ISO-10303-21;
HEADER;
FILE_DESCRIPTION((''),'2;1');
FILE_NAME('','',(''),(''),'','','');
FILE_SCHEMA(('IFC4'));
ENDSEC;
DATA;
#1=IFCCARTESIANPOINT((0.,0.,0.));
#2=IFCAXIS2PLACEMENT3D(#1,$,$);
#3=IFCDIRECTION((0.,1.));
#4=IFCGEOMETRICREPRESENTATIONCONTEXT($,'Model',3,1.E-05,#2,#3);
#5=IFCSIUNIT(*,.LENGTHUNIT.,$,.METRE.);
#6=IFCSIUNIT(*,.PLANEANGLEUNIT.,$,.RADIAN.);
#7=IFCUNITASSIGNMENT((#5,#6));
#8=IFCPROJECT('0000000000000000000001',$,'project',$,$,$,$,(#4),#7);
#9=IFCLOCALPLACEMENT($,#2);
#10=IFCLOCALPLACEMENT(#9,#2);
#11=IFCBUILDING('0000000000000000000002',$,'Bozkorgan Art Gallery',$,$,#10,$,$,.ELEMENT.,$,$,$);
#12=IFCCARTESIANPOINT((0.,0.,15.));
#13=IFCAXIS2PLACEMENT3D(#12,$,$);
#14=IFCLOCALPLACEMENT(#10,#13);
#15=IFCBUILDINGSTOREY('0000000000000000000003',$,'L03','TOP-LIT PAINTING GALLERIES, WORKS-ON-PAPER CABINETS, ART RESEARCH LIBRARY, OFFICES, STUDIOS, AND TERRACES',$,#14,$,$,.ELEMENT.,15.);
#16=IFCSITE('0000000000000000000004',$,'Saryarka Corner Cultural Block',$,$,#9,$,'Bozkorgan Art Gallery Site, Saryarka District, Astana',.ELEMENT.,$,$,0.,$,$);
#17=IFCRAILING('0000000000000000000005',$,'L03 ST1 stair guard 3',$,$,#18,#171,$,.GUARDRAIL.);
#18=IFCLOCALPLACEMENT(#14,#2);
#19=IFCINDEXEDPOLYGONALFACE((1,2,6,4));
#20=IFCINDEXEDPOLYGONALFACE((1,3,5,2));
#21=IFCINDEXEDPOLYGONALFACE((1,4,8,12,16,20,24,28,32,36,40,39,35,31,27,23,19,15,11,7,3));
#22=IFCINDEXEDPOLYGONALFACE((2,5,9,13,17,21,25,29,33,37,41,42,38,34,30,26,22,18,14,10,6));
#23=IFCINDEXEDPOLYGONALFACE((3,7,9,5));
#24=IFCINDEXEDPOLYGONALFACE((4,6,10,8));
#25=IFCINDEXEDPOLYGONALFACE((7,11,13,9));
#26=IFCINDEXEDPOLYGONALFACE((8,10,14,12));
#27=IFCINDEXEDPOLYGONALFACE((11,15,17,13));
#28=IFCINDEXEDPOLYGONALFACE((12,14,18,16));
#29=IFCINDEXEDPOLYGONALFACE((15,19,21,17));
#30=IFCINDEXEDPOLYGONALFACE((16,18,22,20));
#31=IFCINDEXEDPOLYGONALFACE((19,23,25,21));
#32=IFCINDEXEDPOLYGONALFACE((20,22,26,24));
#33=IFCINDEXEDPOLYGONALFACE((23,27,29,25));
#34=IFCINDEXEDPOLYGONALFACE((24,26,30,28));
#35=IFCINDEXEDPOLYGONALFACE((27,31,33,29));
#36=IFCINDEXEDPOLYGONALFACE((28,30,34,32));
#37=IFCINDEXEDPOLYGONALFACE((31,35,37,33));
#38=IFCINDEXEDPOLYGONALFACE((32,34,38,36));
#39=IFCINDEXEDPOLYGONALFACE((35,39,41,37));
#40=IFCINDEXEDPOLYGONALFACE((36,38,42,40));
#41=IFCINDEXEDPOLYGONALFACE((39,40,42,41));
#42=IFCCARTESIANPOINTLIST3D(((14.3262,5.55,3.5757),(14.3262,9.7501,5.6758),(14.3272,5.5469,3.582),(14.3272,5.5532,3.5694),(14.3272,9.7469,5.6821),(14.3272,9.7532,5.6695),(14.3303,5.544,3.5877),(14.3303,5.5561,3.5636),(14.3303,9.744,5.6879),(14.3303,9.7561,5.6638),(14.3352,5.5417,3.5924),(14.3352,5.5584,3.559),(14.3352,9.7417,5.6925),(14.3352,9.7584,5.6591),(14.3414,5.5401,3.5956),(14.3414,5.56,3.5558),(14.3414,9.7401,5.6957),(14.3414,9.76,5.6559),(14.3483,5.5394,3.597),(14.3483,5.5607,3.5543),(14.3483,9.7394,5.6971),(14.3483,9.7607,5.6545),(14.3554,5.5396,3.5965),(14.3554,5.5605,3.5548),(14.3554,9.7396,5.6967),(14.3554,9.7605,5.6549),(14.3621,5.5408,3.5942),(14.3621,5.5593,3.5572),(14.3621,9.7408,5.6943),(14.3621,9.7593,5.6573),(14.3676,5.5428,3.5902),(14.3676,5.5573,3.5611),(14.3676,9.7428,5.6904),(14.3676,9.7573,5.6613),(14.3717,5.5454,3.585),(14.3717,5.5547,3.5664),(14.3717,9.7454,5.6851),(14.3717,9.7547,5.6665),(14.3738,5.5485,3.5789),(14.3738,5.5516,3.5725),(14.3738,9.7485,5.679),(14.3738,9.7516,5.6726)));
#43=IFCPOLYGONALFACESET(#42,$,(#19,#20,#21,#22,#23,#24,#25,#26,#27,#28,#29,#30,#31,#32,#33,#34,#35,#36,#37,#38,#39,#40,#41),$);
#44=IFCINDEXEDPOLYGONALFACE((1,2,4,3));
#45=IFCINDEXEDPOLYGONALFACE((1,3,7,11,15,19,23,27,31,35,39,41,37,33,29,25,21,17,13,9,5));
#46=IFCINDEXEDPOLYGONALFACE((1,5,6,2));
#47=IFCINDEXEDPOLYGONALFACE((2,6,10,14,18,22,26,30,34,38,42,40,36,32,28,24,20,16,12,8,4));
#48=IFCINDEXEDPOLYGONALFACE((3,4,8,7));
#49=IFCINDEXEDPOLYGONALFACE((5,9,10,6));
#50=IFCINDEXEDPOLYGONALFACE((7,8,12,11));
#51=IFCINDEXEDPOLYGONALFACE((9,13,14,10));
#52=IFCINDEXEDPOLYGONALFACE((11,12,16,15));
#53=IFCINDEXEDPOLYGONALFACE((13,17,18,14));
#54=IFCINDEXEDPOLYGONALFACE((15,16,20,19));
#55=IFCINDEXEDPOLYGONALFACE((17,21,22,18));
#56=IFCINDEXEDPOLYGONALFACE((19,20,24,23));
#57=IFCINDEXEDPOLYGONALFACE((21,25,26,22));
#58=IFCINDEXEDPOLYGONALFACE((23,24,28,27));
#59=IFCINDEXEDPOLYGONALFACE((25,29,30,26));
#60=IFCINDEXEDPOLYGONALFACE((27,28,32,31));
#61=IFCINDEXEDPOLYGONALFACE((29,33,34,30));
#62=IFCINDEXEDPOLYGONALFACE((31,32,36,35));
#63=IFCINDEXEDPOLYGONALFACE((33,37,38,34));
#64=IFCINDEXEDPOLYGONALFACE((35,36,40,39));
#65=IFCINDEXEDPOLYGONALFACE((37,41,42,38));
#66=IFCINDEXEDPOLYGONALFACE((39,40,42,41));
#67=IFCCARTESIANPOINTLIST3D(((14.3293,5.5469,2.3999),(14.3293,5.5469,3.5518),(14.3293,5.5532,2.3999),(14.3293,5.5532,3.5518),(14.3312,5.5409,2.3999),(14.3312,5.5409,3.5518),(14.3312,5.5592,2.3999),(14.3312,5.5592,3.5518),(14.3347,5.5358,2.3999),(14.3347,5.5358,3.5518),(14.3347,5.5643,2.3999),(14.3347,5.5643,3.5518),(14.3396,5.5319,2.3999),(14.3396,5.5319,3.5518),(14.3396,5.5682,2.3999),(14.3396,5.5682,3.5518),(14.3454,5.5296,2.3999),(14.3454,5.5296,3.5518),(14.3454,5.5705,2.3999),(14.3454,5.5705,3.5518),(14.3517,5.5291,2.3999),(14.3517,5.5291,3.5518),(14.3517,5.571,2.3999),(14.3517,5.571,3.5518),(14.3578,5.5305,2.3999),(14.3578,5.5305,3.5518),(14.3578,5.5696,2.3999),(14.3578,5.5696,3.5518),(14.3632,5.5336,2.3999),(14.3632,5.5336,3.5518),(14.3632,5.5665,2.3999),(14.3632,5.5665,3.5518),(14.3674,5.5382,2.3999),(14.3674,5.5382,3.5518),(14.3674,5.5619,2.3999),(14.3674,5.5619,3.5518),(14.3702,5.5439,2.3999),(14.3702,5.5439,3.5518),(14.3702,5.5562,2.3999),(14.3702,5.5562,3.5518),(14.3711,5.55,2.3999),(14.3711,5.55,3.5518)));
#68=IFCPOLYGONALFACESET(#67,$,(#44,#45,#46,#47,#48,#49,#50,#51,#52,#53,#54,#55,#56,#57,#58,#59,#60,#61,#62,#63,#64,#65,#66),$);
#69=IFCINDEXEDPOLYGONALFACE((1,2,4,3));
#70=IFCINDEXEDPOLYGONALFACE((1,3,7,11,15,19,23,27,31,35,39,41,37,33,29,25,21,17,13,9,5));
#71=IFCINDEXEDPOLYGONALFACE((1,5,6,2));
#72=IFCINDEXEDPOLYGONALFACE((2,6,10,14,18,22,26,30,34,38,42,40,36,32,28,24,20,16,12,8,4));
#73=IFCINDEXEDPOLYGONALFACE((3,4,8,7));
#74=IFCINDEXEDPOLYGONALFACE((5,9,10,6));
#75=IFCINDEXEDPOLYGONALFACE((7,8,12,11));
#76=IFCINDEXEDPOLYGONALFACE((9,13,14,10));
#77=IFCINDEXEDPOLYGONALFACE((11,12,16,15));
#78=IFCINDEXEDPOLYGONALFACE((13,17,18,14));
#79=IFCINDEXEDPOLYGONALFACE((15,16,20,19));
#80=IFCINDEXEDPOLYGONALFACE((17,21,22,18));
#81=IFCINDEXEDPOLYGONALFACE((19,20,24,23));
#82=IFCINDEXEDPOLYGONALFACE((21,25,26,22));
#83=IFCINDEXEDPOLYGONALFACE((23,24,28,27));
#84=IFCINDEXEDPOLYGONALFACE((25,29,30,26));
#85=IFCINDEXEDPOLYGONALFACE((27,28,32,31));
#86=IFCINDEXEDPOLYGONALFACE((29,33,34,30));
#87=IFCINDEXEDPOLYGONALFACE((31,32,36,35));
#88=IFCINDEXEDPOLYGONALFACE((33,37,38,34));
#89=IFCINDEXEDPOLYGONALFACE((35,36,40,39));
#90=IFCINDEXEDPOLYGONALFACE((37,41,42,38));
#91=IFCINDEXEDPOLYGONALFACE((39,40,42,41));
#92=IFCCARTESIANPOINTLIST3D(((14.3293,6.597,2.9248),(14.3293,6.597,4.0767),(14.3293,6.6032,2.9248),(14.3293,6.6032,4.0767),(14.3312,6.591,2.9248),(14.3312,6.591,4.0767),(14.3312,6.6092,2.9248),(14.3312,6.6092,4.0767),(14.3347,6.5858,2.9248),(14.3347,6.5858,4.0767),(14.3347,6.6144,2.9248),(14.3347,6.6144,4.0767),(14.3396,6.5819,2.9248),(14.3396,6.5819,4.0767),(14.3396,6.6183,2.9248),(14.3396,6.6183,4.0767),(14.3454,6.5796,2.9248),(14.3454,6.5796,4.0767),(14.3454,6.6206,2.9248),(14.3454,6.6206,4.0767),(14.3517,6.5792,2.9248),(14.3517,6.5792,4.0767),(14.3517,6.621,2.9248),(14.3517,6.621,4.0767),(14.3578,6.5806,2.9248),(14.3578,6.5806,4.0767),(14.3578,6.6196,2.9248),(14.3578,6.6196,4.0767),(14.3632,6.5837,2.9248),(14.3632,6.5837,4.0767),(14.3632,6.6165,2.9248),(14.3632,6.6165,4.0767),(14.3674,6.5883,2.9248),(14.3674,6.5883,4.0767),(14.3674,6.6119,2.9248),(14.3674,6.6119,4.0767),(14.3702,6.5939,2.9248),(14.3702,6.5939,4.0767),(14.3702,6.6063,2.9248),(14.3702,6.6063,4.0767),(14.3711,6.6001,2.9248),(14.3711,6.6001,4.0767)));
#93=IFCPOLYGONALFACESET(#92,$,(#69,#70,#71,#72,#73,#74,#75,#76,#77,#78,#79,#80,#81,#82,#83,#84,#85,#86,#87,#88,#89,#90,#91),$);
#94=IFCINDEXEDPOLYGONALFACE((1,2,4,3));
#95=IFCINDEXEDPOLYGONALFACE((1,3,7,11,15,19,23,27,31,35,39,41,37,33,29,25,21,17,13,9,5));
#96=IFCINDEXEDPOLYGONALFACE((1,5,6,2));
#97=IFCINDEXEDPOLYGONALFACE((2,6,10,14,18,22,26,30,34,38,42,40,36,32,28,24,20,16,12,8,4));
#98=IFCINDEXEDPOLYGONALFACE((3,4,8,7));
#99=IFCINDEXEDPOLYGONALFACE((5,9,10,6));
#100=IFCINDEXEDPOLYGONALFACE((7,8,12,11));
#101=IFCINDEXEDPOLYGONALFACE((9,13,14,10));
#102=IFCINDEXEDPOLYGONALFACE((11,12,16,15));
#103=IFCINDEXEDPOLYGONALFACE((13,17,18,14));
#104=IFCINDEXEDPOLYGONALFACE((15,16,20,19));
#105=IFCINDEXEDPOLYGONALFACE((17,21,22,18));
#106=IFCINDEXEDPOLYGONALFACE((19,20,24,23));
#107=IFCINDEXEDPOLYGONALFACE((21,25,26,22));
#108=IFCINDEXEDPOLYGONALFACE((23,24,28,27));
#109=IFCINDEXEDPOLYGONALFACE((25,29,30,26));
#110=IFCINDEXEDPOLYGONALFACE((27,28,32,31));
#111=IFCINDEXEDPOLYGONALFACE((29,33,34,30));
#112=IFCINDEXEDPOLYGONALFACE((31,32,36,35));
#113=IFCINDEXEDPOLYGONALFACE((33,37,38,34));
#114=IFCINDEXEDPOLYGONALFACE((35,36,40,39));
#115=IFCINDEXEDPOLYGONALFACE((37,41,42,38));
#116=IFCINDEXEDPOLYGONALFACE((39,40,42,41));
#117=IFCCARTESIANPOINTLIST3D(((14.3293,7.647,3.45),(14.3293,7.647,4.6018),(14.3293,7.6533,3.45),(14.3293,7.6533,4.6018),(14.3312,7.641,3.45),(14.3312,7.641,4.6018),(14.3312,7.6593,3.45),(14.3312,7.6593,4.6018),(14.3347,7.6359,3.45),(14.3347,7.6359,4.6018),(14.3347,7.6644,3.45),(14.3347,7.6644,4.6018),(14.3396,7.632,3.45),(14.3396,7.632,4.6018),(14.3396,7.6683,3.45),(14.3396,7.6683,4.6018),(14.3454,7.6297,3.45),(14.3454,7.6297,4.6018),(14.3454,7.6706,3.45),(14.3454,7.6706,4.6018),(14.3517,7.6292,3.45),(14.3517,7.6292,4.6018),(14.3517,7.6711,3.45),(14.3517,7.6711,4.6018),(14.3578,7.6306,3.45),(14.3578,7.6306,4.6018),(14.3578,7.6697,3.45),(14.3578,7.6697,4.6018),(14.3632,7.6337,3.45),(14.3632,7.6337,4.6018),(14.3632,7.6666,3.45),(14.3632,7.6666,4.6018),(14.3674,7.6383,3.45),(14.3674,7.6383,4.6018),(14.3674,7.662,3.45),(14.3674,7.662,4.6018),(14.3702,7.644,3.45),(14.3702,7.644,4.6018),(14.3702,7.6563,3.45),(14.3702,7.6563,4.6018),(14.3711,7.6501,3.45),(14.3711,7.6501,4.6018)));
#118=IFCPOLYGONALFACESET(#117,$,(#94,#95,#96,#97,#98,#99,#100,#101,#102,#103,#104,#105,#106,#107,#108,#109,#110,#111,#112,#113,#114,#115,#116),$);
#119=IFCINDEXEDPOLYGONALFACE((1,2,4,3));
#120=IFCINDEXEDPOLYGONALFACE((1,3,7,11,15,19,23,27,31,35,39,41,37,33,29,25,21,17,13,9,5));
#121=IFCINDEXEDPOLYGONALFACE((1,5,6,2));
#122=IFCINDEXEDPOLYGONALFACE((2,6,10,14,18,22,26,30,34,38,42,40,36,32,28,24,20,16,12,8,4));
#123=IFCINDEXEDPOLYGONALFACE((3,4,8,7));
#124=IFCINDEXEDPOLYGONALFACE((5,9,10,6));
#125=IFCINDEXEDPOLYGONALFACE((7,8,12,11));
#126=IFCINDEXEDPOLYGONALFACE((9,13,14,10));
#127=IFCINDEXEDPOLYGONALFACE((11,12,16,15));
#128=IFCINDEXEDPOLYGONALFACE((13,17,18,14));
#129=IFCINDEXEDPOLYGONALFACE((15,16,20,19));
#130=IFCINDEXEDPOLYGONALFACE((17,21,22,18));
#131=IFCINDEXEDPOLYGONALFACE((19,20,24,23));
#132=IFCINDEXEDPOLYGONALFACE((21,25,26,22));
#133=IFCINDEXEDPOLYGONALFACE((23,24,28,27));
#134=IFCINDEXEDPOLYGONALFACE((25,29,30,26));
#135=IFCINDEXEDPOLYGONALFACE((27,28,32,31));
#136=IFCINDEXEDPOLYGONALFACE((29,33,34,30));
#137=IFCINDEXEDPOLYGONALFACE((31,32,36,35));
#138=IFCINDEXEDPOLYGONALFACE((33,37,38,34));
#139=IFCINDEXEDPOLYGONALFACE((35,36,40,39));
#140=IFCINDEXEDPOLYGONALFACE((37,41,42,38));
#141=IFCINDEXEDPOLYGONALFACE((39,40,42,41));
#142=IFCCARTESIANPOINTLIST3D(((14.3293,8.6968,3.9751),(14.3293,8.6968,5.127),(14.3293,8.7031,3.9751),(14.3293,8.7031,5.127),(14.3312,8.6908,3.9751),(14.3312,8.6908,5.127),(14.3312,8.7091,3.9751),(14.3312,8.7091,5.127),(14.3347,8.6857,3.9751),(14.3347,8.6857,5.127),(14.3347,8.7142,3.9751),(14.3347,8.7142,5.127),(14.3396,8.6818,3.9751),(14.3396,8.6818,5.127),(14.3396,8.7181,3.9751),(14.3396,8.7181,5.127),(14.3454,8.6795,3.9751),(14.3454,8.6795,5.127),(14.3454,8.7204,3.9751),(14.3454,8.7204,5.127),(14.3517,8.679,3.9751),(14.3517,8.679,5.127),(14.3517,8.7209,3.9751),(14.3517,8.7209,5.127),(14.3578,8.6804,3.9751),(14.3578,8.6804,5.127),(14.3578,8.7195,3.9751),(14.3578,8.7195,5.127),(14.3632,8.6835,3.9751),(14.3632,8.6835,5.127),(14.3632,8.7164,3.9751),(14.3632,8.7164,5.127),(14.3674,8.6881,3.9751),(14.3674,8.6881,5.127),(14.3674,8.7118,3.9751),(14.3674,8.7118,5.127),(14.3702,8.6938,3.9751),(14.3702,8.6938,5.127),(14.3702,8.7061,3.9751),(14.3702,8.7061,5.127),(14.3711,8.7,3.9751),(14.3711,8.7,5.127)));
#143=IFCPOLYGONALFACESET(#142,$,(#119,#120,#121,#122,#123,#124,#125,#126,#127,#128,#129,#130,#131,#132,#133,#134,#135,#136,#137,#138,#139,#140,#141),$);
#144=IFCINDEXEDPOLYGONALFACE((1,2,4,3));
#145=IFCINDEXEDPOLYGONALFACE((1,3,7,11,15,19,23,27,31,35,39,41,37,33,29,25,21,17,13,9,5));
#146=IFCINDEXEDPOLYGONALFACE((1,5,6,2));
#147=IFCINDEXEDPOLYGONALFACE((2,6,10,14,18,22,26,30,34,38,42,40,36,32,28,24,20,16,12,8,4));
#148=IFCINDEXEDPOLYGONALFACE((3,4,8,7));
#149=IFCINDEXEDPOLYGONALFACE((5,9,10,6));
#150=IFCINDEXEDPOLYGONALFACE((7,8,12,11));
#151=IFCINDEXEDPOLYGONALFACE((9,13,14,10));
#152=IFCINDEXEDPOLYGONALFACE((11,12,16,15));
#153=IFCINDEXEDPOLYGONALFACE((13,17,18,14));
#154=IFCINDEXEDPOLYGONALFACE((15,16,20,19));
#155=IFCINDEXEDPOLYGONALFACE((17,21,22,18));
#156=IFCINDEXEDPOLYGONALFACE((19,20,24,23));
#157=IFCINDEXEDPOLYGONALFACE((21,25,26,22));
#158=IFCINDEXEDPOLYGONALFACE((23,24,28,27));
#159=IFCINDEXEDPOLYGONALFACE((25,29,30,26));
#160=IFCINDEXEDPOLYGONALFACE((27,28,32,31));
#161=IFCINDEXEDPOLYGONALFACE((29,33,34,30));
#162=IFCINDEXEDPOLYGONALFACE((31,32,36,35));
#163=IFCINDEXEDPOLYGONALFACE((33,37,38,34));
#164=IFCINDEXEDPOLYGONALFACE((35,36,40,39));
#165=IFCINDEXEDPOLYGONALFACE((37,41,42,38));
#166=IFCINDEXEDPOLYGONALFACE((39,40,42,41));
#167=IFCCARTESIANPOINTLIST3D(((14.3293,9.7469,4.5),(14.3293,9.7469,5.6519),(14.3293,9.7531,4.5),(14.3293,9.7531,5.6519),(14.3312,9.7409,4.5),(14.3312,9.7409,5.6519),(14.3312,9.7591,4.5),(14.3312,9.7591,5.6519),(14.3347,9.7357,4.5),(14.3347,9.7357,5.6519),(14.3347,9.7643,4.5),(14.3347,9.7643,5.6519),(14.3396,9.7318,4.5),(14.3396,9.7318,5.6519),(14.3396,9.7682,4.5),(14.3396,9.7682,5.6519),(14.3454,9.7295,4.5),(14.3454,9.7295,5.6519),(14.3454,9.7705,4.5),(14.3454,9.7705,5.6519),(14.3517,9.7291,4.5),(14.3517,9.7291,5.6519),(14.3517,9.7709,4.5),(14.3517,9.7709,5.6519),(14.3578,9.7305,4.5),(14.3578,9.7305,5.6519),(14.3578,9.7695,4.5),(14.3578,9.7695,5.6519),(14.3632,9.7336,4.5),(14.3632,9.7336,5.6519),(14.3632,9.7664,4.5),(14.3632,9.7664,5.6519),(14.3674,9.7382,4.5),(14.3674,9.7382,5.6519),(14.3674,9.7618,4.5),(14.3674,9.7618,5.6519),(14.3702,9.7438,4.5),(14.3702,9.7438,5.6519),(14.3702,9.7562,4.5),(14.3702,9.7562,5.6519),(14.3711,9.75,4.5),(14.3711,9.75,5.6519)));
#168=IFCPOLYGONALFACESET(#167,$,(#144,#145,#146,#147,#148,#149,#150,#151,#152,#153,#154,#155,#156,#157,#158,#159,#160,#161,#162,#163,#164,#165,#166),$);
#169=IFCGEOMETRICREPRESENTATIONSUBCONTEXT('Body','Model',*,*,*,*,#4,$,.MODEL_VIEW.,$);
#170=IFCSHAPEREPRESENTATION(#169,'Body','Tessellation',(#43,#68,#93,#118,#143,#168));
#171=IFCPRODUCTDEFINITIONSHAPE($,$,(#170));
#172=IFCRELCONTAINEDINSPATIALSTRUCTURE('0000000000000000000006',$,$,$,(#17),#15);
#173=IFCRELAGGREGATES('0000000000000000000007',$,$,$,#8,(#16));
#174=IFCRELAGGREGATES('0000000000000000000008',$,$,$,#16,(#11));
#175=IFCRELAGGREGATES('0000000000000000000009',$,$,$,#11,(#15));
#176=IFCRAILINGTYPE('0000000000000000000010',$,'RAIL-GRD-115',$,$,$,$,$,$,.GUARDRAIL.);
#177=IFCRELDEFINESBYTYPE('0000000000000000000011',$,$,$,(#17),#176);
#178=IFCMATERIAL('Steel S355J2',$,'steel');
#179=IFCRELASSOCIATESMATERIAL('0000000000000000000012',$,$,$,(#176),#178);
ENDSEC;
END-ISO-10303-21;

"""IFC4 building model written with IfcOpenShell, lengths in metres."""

from ifc_helpers import new_model, si_unit, direction, frame, origin, origin_2d, place, context, subcontext, project, spatial, circle, extrude, material, type_object, element, save


model = new_model("IFC4")

# Units and contexts
model_context = context("Model", 3, precision=1e-05, world=origin(), true_north=direction((0.0, 1.0)))
body_context = subcontext(model_context, "Body", "Model", "MODEL_VIEW")
ifc_project = project(units=[si_unit("LENGTHUNIT", "METRE"), si_unit("PLANEANGLEUNIT", "RADIAN")], contexts=[model_context])

# Site, building, storey
site_placement = place(None, origin())
site = spatial("IfcSite", under=ifc_project, at=site_placement, Name="Saryarka Corner Cultural Block", LongName="Bozkorgan Art Gallery Site, Saryarka District, Astana", CompositionType="ELEMENT", RefElevation=0.0)
building_placement = place(site_placement, origin())
building = spatial("IfcBuilding", under=site, at=building_placement, Name="Bozkorgan Art Gallery", CompositionType="ELEMENT")
storey_placement = place(building_placement, frame((0.0, 0.0, 15.0)))
storey = spatial("IfcBuildingStorey", under=building, at=storey_placement, Name="L03", Description="TOP-LIT PAINTING GALLERIES, WORKS-ON-PAPER CABINETS, ART RESEARCH LIBRARY, OFFICES, STUDIOS, AND TERRACES", CompositionType="ELEMENT", Elevation=15.0)

# Shared definitions
ifc_material_1 = material(Name="Steel S355J2", Category="steel")

# Railing
railing_type_1 = type_object("IfcRailingType", Name="RAIL-GRD-115", PredefinedType="GUARDRAIL", material=ifc_material_1)
railing_1_placement = place(storey_placement, frame((14.3501, 5.55, 2.3999)))
element("IfcRailing", 1, at=railing_1_placement, inside=storey, type_object=railing_type_1, Name="L03 ST1 stair guard 3", PredefinedType="GUARDRAIL", context=body_context, shape_type="SweptSolid", body=[
    extrude(circle(Radius=0.0239, at=origin_2d()), frame((0.0, 0.0, 1.1758), z_axis=(0.0, 0.894417, 0.447234), x_axis=(-1.0, 0.0, 0.0)), (0.0, 0.0, 1.0), 4.6958),
    extrude(circle(Radius=0.021, at=origin_2d()), origin(), (0.0, 0.0, 1.0), 1.1519),
    extrude(circle(Radius=0.021, at=origin_2d()), frame((0.0, 1.05, 0.5249)), (0.0, 0.0, 1.0), 1.1519),
    extrude(circle(Radius=0.021, at=origin_2d()), frame((0.0, 2.1001, 1.05)), (0.0, 0.0, 1.0), 1.1519),
    extrude(circle(Radius=0.021, at=origin_2d()), frame((0.0, 3.1499, 1.5752)), (0.0, 0.0, 1.0), 1.1519),
    extrude(circle(Radius=0.021, at=origin_2d()), frame((0.0, 4.2, 2.1001)), (0.0, 0.0, 1.0), 1.1519),
])

save(model, "model.ifc")
